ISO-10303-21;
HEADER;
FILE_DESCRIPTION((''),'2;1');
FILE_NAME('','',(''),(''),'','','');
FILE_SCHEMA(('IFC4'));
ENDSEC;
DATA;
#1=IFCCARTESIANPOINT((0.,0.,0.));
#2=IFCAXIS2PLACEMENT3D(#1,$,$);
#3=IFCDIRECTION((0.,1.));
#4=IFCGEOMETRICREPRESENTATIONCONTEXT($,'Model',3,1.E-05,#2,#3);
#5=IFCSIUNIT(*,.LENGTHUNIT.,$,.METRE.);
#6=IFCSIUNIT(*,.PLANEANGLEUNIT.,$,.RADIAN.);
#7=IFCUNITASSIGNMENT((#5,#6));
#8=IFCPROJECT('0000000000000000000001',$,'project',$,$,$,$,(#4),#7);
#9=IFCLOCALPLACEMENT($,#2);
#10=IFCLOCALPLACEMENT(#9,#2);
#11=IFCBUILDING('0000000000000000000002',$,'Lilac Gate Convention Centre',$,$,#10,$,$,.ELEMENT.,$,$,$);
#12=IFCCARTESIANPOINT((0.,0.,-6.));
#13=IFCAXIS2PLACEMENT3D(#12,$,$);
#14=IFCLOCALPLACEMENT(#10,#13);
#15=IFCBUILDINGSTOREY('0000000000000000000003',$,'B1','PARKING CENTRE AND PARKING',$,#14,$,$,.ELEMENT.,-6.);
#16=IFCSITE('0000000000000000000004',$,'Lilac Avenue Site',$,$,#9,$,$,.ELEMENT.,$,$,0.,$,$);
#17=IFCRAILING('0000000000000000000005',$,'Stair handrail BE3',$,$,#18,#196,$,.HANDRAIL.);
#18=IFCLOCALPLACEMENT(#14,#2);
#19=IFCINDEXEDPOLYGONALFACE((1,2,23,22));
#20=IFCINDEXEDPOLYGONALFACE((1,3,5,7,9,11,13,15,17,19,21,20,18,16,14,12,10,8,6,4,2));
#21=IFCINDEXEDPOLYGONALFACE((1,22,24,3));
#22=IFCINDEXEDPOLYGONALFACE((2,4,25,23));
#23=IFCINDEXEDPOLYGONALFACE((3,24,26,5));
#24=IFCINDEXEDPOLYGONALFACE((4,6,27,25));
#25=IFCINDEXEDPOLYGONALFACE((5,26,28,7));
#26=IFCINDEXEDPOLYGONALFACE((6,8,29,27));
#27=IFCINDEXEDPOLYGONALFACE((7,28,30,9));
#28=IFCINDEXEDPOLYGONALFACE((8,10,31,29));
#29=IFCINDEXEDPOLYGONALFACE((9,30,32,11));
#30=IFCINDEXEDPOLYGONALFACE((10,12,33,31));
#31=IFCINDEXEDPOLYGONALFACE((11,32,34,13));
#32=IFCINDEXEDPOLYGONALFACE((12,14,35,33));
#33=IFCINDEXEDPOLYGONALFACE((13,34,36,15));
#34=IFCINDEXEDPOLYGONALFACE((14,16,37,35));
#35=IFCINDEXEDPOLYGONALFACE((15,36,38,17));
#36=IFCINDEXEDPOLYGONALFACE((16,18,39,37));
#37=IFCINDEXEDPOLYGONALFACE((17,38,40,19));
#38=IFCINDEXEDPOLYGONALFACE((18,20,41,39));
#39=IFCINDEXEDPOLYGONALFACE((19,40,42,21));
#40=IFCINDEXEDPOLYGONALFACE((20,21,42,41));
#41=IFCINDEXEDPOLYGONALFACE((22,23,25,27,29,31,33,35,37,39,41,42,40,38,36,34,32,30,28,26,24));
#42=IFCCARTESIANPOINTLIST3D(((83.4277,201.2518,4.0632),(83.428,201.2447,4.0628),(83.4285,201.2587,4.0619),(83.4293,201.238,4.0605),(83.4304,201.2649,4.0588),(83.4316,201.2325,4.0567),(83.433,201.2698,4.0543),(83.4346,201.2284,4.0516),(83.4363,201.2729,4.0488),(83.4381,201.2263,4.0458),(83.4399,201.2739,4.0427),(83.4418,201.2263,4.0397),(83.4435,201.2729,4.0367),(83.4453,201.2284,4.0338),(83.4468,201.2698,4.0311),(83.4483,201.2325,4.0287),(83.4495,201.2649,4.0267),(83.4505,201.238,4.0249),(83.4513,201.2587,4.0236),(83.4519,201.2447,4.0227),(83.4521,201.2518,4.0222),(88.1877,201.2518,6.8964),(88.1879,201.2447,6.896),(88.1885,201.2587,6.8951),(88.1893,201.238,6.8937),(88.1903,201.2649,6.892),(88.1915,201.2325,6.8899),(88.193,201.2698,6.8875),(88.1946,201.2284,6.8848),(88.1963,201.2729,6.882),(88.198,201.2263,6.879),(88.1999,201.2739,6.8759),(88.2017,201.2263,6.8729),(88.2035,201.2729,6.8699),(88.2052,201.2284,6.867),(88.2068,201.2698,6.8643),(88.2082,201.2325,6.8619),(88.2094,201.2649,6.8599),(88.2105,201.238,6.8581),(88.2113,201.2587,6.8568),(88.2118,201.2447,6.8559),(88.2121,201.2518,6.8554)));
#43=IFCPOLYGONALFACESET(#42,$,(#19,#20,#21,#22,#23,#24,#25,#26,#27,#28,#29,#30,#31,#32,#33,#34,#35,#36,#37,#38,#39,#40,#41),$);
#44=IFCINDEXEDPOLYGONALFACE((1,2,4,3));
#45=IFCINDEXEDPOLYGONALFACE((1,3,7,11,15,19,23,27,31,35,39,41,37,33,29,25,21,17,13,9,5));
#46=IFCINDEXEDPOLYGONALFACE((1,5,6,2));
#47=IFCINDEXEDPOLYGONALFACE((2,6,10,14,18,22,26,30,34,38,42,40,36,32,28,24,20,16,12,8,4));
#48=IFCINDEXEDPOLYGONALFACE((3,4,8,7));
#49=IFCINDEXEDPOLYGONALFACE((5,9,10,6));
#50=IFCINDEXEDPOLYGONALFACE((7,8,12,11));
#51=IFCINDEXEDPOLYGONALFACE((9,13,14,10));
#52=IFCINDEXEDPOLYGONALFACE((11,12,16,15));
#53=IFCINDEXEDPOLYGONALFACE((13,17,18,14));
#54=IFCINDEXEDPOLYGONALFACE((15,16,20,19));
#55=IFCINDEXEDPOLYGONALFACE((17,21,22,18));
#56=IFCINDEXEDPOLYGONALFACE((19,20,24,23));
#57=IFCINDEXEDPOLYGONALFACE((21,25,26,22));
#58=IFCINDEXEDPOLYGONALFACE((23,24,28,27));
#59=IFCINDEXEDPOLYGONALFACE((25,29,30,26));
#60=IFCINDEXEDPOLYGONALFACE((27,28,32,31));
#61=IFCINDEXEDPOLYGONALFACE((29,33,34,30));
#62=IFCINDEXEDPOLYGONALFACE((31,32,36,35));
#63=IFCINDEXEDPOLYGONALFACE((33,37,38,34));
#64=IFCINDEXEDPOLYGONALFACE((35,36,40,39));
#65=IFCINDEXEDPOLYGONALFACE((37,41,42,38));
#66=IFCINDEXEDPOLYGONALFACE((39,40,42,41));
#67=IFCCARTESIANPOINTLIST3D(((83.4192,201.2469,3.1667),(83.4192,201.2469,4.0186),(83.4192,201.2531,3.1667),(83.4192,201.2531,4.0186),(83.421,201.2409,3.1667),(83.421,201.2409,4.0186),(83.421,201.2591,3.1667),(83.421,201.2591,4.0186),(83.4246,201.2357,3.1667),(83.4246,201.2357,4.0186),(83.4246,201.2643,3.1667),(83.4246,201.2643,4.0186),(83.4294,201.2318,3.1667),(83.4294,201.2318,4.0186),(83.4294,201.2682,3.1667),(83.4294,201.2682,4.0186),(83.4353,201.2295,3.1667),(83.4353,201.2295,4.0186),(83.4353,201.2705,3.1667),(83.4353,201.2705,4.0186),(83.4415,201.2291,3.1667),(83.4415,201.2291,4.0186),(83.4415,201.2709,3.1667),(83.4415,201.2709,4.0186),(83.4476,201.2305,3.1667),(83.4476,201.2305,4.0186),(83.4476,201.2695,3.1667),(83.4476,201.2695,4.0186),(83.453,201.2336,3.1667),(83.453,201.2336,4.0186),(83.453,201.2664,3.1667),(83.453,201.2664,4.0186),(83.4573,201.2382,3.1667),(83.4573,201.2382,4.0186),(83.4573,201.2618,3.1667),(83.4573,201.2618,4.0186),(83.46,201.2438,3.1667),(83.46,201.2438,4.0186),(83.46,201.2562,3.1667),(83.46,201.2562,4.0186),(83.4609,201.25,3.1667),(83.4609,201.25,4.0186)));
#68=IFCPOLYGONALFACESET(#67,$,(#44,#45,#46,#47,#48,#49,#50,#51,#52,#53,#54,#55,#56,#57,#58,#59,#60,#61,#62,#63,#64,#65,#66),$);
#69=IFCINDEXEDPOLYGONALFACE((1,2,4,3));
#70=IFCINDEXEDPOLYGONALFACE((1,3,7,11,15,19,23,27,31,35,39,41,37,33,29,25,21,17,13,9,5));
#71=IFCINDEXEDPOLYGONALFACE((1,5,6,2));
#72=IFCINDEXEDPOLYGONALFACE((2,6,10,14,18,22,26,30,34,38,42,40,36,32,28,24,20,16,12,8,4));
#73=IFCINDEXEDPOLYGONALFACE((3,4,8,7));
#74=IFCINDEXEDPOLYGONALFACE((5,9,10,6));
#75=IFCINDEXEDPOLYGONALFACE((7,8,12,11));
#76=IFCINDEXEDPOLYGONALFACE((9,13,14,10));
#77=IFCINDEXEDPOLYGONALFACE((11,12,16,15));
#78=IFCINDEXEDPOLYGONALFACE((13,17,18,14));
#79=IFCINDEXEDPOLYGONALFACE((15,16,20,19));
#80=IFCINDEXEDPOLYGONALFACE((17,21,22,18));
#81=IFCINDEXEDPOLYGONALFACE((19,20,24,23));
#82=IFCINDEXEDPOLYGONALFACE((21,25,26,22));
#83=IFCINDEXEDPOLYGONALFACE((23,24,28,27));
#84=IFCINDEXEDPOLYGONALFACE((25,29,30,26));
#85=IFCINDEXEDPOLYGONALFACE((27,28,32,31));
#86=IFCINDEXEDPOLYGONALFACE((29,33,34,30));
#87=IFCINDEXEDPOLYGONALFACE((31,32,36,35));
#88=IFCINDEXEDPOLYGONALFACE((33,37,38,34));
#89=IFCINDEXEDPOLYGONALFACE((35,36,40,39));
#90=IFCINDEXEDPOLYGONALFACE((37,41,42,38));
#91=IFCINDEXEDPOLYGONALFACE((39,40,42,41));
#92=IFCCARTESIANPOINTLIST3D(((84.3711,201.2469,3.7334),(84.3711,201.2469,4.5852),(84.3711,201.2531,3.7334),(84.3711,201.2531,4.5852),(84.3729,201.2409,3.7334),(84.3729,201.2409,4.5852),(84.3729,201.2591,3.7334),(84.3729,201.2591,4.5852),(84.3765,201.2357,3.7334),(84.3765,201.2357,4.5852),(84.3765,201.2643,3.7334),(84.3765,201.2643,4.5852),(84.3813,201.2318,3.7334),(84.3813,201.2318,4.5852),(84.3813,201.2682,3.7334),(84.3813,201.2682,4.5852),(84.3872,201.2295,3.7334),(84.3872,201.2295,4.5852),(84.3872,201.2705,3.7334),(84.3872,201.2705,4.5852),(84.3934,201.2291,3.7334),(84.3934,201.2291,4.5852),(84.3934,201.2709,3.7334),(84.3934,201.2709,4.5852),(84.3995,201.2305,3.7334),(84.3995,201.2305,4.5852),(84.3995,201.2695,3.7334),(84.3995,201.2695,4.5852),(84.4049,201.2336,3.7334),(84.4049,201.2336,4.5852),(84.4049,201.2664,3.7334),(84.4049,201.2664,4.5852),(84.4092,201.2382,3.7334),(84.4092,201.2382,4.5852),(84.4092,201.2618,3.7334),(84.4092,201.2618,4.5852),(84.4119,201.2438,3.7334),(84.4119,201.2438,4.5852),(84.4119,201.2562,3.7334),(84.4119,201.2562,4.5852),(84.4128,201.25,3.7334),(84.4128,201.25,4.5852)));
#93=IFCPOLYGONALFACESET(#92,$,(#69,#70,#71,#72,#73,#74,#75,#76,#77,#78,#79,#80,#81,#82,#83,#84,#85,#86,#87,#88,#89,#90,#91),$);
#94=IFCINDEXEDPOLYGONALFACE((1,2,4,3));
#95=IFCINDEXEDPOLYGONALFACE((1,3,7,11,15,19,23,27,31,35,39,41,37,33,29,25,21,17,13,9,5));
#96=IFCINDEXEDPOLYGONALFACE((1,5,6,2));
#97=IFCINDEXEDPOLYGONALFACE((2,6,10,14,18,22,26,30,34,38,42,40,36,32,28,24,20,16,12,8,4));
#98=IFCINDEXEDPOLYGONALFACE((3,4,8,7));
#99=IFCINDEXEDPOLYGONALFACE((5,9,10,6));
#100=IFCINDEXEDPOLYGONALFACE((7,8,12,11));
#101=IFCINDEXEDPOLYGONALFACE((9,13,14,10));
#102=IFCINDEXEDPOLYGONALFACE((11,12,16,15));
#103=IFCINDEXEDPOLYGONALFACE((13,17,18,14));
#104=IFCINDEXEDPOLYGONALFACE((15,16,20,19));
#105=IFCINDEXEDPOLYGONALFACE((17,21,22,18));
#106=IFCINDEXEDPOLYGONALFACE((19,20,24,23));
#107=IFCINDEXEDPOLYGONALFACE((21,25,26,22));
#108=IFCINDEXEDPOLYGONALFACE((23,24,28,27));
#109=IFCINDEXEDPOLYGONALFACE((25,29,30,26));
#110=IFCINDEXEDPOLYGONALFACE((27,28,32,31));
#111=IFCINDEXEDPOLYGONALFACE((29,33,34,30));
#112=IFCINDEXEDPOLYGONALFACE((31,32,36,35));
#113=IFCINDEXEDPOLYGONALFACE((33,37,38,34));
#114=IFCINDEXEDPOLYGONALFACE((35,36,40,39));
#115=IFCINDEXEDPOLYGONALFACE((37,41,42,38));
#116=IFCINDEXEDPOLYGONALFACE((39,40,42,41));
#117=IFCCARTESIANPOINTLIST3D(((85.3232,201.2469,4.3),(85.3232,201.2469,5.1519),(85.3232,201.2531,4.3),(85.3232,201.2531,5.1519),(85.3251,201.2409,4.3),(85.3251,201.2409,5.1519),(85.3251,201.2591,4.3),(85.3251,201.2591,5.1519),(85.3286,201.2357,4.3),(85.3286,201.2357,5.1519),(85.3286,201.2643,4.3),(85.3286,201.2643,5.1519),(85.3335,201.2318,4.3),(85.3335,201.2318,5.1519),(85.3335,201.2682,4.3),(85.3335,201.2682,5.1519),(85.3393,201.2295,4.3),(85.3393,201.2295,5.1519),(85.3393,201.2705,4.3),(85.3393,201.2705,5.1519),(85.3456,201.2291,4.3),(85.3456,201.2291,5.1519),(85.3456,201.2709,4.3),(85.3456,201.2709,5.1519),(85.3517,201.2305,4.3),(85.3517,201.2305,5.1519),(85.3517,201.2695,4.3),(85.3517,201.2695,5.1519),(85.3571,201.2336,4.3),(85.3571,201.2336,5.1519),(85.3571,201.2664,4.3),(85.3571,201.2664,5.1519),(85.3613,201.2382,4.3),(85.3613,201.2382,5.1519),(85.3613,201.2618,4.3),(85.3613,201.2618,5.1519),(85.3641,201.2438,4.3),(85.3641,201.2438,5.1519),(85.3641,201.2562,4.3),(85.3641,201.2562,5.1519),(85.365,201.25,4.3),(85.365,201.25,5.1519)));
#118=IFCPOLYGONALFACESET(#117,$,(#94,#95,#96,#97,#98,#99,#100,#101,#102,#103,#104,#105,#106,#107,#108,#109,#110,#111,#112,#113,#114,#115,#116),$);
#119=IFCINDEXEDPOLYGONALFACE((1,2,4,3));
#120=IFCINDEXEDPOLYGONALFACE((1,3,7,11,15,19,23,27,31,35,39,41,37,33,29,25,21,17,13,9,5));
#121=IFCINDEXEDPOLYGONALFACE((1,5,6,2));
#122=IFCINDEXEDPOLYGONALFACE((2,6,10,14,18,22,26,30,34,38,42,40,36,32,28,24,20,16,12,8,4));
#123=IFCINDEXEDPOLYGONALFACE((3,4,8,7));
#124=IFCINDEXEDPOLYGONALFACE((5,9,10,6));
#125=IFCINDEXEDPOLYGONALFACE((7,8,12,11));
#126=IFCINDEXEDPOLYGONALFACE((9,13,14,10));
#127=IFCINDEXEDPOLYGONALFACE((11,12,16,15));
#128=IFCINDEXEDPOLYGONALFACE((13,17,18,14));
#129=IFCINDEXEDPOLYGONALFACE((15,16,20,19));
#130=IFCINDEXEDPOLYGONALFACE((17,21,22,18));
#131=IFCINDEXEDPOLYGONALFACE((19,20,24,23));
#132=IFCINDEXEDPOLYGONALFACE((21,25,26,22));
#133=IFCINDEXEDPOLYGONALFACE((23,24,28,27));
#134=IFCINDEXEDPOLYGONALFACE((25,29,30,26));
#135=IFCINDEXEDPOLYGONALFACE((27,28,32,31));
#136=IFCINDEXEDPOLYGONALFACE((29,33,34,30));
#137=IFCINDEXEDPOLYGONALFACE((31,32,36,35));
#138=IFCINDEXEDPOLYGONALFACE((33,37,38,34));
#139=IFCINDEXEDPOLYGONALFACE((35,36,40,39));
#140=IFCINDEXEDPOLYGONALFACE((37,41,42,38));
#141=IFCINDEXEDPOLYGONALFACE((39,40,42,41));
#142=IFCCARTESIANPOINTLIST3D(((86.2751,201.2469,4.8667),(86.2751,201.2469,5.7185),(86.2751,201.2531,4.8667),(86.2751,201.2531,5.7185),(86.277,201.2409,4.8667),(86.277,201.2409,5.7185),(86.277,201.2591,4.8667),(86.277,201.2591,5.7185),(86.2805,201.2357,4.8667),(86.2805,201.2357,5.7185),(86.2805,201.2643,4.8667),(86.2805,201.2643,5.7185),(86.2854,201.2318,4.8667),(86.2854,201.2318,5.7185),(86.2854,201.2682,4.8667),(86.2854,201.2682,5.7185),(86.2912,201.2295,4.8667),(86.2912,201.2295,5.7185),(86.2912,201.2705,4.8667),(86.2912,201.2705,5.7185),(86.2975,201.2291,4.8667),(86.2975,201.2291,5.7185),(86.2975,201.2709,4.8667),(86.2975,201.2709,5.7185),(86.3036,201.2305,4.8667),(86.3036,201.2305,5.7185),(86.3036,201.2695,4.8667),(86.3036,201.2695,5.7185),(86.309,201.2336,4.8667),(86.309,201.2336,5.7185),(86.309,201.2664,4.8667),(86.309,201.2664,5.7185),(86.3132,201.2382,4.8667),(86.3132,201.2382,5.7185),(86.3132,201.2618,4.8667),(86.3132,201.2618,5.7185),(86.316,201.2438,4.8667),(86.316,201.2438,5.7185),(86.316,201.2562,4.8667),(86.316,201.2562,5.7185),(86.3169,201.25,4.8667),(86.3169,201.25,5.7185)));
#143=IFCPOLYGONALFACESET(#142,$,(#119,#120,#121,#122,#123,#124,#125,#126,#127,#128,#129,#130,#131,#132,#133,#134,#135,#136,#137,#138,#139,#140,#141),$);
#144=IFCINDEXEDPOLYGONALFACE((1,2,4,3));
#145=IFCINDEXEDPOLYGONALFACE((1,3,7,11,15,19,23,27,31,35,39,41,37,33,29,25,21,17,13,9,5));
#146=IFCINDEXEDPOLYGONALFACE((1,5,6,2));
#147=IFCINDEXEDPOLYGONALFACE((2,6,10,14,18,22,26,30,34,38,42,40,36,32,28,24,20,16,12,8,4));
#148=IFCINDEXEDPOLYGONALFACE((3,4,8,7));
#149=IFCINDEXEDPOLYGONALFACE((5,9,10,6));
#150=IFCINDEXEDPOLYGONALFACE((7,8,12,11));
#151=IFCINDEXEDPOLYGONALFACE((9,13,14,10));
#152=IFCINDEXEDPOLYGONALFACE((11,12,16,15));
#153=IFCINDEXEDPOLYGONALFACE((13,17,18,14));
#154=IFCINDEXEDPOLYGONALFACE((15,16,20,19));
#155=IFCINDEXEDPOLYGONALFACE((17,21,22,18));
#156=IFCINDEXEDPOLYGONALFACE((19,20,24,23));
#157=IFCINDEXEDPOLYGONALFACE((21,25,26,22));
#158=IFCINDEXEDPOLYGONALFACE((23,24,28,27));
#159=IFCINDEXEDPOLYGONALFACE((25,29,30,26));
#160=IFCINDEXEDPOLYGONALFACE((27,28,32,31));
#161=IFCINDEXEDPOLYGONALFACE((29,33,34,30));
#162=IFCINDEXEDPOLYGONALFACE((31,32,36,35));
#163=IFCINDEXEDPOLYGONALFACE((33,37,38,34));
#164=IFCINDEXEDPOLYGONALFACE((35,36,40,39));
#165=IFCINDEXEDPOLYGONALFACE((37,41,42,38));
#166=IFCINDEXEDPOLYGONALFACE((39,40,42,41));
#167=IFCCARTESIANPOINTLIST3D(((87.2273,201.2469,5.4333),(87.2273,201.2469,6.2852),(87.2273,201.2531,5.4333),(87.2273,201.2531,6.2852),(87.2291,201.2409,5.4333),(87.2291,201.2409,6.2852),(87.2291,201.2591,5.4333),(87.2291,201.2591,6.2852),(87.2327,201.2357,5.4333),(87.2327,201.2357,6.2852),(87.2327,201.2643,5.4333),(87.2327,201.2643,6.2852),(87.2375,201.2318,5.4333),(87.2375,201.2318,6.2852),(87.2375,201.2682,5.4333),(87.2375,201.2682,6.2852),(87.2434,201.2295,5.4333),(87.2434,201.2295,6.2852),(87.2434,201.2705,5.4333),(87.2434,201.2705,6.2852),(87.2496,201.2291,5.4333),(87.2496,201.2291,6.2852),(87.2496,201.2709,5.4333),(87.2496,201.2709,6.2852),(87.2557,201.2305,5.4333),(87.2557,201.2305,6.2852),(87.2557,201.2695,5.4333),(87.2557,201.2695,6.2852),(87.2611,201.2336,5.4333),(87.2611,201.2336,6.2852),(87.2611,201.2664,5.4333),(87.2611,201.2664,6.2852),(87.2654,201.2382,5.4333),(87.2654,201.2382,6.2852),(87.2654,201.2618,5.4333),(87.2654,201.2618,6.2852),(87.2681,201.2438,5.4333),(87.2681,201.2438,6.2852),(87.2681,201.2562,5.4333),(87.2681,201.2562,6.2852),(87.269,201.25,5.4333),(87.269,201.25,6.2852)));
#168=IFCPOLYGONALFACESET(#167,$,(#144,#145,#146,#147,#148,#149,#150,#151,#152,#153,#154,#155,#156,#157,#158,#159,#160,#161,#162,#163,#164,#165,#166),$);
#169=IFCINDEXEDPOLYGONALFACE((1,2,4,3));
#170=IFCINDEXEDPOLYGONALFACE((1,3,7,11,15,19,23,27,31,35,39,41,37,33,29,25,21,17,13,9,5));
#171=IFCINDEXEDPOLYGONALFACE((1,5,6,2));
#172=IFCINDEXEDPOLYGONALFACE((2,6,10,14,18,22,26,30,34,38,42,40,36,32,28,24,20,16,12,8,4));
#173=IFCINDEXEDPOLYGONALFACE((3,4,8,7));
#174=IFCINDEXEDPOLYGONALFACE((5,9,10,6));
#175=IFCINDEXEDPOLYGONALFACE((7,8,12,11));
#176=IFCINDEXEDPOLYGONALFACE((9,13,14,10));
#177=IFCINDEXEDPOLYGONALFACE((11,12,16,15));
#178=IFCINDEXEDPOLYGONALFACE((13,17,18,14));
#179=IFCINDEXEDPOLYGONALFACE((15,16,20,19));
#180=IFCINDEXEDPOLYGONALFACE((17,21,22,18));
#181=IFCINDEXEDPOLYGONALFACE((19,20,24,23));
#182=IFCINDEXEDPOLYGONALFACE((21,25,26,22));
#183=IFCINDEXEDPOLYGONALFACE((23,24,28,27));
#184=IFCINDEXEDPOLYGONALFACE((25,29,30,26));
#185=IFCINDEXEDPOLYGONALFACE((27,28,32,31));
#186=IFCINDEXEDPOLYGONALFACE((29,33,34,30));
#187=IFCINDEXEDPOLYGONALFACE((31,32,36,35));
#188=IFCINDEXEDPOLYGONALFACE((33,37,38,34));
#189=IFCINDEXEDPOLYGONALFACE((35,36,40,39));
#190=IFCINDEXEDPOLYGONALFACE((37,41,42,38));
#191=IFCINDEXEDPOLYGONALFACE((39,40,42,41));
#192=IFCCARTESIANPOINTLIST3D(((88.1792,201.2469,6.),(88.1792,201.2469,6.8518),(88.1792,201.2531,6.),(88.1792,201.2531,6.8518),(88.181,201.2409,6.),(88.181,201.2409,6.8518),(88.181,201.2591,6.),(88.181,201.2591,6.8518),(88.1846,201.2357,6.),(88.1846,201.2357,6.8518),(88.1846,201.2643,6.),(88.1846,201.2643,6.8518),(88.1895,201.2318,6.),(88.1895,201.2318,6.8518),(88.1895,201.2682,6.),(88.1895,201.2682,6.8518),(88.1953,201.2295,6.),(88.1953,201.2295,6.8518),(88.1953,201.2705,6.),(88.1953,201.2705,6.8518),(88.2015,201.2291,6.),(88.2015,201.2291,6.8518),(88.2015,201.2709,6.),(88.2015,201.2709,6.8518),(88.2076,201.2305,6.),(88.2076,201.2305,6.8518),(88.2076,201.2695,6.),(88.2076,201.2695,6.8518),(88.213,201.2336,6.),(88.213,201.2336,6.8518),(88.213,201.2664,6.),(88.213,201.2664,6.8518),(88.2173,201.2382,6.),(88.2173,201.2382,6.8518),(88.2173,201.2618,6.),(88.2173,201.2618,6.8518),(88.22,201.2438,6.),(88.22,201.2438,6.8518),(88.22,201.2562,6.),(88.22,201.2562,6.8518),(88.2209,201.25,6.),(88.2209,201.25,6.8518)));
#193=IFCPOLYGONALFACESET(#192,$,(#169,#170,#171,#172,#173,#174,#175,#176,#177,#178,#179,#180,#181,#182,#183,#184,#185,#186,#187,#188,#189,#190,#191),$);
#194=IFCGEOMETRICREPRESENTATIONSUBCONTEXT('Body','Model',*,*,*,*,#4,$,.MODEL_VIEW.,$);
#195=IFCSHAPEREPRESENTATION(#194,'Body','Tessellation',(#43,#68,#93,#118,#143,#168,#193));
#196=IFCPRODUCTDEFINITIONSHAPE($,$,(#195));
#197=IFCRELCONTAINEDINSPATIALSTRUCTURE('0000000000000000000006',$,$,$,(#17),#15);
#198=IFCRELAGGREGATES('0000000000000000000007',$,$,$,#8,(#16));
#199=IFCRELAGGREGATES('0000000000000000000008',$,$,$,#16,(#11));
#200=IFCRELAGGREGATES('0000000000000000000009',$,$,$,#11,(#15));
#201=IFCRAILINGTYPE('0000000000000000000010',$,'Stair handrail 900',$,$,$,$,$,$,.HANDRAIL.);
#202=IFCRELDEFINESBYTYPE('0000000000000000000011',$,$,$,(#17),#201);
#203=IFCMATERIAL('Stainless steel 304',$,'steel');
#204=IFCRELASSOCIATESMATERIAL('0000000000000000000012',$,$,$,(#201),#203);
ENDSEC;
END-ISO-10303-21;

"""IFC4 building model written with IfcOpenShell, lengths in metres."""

from ifc_helpers import new_model, si_unit, direction, frame, origin, origin_2d, place, context, subcontext, project, spatial, circle, extrude, material, type_object, element, save


model = new_model("IFC4")

# Units and contexts
model_context = context("Model", 3, precision=1e-05, world=origin(), true_north=direction((0.0, 1.0)))
body_context = subcontext(model_context, "Body", "Model", "MODEL_VIEW")
ifc_project = project(units=[si_unit("LENGTHUNIT", "METRE"), si_unit("PLANEANGLEUNIT", "RADIAN")], contexts=[model_context])

# Site, building, storey
site_placement = place(None, origin())
site = spatial("IfcSite", under=ifc_project, at=site_placement, Name="Lilac Avenue Site", CompositionType="ELEMENT", RefElevation=0.0)
building_placement = place(site_placement, origin())
building = spatial("IfcBuilding", under=site, at=building_placement, Name="Lilac Gate Convention Centre", CompositionType="ELEMENT")
storey_placement = place(building_placement, frame((0.0, 0.0, -6.0)))
storey = spatial("IfcBuildingStorey", under=building, at=storey_placement, Name="B1", Description="PARKING CENTRE AND PARKING", CompositionType="ELEMENT", Elevation=-6.0)

# Railing
ifc_material_1 = material(Name="Stainless steel 304", Category="steel")
railing_type = type_object("IfcRailingType", Name="Stair handrail 900", PredefinedType="HANDRAIL", material=ifc_material_1)
for number, where, name in (
    (1, (83.4399, 201.25, 3.1667), "Stair handrail BE3"),
):
    element("IfcRailing", number, at=place(storey_placement, frame(where)), inside=storey, type_object=railing_type, Name=name, PredefinedType="HANDRAIL", context=body_context, shape_type="SweptSolid", body=[
        extrude(circle(Radius=0.0239, at=origin_2d()), frame((0.0, 0.0, 0.876), z_axis=(0.8593, 0.0, 0.511472), x_axis=(0.0, 1.0, 0.0)), (0.0, 0.0, 1.0), 5.5393),
        extrude(circle(Radius=0.021, at=origin_2d()), origin(), (0.0, 0.0, 1.0), 0.8518),
        extrude(circle(Radius=0.021, at=origin_2d()), frame((0.9519, 0.0, 0.5667)), (0.0, 0.0, 1.0), 0.8518),
        extrude(circle(Radius=0.021, at=origin_2d()), frame((1.9041, 0.0, 1.1333)), (0.0, 0.0, 1.0), 0.8518),
        extrude(circle(Radius=0.021, at=origin_2d()), frame((2.856, 0.0, 1.7)), (0.0, 0.0, 1.0), 0.8518),
        extrude(circle(Radius=0.021, at=origin_2d()), frame((3.8081, 0.0, 2.2666)), (0.0, 0.0, 1.0), 0.8518),
        extrude(circle(Radius=0.021, at=origin_2d()), frame((4.76, 0.0, 2.8333)), (0.0, 0.0, 1.0), 0.8518),
    ])

save(model, "model.ifc")
